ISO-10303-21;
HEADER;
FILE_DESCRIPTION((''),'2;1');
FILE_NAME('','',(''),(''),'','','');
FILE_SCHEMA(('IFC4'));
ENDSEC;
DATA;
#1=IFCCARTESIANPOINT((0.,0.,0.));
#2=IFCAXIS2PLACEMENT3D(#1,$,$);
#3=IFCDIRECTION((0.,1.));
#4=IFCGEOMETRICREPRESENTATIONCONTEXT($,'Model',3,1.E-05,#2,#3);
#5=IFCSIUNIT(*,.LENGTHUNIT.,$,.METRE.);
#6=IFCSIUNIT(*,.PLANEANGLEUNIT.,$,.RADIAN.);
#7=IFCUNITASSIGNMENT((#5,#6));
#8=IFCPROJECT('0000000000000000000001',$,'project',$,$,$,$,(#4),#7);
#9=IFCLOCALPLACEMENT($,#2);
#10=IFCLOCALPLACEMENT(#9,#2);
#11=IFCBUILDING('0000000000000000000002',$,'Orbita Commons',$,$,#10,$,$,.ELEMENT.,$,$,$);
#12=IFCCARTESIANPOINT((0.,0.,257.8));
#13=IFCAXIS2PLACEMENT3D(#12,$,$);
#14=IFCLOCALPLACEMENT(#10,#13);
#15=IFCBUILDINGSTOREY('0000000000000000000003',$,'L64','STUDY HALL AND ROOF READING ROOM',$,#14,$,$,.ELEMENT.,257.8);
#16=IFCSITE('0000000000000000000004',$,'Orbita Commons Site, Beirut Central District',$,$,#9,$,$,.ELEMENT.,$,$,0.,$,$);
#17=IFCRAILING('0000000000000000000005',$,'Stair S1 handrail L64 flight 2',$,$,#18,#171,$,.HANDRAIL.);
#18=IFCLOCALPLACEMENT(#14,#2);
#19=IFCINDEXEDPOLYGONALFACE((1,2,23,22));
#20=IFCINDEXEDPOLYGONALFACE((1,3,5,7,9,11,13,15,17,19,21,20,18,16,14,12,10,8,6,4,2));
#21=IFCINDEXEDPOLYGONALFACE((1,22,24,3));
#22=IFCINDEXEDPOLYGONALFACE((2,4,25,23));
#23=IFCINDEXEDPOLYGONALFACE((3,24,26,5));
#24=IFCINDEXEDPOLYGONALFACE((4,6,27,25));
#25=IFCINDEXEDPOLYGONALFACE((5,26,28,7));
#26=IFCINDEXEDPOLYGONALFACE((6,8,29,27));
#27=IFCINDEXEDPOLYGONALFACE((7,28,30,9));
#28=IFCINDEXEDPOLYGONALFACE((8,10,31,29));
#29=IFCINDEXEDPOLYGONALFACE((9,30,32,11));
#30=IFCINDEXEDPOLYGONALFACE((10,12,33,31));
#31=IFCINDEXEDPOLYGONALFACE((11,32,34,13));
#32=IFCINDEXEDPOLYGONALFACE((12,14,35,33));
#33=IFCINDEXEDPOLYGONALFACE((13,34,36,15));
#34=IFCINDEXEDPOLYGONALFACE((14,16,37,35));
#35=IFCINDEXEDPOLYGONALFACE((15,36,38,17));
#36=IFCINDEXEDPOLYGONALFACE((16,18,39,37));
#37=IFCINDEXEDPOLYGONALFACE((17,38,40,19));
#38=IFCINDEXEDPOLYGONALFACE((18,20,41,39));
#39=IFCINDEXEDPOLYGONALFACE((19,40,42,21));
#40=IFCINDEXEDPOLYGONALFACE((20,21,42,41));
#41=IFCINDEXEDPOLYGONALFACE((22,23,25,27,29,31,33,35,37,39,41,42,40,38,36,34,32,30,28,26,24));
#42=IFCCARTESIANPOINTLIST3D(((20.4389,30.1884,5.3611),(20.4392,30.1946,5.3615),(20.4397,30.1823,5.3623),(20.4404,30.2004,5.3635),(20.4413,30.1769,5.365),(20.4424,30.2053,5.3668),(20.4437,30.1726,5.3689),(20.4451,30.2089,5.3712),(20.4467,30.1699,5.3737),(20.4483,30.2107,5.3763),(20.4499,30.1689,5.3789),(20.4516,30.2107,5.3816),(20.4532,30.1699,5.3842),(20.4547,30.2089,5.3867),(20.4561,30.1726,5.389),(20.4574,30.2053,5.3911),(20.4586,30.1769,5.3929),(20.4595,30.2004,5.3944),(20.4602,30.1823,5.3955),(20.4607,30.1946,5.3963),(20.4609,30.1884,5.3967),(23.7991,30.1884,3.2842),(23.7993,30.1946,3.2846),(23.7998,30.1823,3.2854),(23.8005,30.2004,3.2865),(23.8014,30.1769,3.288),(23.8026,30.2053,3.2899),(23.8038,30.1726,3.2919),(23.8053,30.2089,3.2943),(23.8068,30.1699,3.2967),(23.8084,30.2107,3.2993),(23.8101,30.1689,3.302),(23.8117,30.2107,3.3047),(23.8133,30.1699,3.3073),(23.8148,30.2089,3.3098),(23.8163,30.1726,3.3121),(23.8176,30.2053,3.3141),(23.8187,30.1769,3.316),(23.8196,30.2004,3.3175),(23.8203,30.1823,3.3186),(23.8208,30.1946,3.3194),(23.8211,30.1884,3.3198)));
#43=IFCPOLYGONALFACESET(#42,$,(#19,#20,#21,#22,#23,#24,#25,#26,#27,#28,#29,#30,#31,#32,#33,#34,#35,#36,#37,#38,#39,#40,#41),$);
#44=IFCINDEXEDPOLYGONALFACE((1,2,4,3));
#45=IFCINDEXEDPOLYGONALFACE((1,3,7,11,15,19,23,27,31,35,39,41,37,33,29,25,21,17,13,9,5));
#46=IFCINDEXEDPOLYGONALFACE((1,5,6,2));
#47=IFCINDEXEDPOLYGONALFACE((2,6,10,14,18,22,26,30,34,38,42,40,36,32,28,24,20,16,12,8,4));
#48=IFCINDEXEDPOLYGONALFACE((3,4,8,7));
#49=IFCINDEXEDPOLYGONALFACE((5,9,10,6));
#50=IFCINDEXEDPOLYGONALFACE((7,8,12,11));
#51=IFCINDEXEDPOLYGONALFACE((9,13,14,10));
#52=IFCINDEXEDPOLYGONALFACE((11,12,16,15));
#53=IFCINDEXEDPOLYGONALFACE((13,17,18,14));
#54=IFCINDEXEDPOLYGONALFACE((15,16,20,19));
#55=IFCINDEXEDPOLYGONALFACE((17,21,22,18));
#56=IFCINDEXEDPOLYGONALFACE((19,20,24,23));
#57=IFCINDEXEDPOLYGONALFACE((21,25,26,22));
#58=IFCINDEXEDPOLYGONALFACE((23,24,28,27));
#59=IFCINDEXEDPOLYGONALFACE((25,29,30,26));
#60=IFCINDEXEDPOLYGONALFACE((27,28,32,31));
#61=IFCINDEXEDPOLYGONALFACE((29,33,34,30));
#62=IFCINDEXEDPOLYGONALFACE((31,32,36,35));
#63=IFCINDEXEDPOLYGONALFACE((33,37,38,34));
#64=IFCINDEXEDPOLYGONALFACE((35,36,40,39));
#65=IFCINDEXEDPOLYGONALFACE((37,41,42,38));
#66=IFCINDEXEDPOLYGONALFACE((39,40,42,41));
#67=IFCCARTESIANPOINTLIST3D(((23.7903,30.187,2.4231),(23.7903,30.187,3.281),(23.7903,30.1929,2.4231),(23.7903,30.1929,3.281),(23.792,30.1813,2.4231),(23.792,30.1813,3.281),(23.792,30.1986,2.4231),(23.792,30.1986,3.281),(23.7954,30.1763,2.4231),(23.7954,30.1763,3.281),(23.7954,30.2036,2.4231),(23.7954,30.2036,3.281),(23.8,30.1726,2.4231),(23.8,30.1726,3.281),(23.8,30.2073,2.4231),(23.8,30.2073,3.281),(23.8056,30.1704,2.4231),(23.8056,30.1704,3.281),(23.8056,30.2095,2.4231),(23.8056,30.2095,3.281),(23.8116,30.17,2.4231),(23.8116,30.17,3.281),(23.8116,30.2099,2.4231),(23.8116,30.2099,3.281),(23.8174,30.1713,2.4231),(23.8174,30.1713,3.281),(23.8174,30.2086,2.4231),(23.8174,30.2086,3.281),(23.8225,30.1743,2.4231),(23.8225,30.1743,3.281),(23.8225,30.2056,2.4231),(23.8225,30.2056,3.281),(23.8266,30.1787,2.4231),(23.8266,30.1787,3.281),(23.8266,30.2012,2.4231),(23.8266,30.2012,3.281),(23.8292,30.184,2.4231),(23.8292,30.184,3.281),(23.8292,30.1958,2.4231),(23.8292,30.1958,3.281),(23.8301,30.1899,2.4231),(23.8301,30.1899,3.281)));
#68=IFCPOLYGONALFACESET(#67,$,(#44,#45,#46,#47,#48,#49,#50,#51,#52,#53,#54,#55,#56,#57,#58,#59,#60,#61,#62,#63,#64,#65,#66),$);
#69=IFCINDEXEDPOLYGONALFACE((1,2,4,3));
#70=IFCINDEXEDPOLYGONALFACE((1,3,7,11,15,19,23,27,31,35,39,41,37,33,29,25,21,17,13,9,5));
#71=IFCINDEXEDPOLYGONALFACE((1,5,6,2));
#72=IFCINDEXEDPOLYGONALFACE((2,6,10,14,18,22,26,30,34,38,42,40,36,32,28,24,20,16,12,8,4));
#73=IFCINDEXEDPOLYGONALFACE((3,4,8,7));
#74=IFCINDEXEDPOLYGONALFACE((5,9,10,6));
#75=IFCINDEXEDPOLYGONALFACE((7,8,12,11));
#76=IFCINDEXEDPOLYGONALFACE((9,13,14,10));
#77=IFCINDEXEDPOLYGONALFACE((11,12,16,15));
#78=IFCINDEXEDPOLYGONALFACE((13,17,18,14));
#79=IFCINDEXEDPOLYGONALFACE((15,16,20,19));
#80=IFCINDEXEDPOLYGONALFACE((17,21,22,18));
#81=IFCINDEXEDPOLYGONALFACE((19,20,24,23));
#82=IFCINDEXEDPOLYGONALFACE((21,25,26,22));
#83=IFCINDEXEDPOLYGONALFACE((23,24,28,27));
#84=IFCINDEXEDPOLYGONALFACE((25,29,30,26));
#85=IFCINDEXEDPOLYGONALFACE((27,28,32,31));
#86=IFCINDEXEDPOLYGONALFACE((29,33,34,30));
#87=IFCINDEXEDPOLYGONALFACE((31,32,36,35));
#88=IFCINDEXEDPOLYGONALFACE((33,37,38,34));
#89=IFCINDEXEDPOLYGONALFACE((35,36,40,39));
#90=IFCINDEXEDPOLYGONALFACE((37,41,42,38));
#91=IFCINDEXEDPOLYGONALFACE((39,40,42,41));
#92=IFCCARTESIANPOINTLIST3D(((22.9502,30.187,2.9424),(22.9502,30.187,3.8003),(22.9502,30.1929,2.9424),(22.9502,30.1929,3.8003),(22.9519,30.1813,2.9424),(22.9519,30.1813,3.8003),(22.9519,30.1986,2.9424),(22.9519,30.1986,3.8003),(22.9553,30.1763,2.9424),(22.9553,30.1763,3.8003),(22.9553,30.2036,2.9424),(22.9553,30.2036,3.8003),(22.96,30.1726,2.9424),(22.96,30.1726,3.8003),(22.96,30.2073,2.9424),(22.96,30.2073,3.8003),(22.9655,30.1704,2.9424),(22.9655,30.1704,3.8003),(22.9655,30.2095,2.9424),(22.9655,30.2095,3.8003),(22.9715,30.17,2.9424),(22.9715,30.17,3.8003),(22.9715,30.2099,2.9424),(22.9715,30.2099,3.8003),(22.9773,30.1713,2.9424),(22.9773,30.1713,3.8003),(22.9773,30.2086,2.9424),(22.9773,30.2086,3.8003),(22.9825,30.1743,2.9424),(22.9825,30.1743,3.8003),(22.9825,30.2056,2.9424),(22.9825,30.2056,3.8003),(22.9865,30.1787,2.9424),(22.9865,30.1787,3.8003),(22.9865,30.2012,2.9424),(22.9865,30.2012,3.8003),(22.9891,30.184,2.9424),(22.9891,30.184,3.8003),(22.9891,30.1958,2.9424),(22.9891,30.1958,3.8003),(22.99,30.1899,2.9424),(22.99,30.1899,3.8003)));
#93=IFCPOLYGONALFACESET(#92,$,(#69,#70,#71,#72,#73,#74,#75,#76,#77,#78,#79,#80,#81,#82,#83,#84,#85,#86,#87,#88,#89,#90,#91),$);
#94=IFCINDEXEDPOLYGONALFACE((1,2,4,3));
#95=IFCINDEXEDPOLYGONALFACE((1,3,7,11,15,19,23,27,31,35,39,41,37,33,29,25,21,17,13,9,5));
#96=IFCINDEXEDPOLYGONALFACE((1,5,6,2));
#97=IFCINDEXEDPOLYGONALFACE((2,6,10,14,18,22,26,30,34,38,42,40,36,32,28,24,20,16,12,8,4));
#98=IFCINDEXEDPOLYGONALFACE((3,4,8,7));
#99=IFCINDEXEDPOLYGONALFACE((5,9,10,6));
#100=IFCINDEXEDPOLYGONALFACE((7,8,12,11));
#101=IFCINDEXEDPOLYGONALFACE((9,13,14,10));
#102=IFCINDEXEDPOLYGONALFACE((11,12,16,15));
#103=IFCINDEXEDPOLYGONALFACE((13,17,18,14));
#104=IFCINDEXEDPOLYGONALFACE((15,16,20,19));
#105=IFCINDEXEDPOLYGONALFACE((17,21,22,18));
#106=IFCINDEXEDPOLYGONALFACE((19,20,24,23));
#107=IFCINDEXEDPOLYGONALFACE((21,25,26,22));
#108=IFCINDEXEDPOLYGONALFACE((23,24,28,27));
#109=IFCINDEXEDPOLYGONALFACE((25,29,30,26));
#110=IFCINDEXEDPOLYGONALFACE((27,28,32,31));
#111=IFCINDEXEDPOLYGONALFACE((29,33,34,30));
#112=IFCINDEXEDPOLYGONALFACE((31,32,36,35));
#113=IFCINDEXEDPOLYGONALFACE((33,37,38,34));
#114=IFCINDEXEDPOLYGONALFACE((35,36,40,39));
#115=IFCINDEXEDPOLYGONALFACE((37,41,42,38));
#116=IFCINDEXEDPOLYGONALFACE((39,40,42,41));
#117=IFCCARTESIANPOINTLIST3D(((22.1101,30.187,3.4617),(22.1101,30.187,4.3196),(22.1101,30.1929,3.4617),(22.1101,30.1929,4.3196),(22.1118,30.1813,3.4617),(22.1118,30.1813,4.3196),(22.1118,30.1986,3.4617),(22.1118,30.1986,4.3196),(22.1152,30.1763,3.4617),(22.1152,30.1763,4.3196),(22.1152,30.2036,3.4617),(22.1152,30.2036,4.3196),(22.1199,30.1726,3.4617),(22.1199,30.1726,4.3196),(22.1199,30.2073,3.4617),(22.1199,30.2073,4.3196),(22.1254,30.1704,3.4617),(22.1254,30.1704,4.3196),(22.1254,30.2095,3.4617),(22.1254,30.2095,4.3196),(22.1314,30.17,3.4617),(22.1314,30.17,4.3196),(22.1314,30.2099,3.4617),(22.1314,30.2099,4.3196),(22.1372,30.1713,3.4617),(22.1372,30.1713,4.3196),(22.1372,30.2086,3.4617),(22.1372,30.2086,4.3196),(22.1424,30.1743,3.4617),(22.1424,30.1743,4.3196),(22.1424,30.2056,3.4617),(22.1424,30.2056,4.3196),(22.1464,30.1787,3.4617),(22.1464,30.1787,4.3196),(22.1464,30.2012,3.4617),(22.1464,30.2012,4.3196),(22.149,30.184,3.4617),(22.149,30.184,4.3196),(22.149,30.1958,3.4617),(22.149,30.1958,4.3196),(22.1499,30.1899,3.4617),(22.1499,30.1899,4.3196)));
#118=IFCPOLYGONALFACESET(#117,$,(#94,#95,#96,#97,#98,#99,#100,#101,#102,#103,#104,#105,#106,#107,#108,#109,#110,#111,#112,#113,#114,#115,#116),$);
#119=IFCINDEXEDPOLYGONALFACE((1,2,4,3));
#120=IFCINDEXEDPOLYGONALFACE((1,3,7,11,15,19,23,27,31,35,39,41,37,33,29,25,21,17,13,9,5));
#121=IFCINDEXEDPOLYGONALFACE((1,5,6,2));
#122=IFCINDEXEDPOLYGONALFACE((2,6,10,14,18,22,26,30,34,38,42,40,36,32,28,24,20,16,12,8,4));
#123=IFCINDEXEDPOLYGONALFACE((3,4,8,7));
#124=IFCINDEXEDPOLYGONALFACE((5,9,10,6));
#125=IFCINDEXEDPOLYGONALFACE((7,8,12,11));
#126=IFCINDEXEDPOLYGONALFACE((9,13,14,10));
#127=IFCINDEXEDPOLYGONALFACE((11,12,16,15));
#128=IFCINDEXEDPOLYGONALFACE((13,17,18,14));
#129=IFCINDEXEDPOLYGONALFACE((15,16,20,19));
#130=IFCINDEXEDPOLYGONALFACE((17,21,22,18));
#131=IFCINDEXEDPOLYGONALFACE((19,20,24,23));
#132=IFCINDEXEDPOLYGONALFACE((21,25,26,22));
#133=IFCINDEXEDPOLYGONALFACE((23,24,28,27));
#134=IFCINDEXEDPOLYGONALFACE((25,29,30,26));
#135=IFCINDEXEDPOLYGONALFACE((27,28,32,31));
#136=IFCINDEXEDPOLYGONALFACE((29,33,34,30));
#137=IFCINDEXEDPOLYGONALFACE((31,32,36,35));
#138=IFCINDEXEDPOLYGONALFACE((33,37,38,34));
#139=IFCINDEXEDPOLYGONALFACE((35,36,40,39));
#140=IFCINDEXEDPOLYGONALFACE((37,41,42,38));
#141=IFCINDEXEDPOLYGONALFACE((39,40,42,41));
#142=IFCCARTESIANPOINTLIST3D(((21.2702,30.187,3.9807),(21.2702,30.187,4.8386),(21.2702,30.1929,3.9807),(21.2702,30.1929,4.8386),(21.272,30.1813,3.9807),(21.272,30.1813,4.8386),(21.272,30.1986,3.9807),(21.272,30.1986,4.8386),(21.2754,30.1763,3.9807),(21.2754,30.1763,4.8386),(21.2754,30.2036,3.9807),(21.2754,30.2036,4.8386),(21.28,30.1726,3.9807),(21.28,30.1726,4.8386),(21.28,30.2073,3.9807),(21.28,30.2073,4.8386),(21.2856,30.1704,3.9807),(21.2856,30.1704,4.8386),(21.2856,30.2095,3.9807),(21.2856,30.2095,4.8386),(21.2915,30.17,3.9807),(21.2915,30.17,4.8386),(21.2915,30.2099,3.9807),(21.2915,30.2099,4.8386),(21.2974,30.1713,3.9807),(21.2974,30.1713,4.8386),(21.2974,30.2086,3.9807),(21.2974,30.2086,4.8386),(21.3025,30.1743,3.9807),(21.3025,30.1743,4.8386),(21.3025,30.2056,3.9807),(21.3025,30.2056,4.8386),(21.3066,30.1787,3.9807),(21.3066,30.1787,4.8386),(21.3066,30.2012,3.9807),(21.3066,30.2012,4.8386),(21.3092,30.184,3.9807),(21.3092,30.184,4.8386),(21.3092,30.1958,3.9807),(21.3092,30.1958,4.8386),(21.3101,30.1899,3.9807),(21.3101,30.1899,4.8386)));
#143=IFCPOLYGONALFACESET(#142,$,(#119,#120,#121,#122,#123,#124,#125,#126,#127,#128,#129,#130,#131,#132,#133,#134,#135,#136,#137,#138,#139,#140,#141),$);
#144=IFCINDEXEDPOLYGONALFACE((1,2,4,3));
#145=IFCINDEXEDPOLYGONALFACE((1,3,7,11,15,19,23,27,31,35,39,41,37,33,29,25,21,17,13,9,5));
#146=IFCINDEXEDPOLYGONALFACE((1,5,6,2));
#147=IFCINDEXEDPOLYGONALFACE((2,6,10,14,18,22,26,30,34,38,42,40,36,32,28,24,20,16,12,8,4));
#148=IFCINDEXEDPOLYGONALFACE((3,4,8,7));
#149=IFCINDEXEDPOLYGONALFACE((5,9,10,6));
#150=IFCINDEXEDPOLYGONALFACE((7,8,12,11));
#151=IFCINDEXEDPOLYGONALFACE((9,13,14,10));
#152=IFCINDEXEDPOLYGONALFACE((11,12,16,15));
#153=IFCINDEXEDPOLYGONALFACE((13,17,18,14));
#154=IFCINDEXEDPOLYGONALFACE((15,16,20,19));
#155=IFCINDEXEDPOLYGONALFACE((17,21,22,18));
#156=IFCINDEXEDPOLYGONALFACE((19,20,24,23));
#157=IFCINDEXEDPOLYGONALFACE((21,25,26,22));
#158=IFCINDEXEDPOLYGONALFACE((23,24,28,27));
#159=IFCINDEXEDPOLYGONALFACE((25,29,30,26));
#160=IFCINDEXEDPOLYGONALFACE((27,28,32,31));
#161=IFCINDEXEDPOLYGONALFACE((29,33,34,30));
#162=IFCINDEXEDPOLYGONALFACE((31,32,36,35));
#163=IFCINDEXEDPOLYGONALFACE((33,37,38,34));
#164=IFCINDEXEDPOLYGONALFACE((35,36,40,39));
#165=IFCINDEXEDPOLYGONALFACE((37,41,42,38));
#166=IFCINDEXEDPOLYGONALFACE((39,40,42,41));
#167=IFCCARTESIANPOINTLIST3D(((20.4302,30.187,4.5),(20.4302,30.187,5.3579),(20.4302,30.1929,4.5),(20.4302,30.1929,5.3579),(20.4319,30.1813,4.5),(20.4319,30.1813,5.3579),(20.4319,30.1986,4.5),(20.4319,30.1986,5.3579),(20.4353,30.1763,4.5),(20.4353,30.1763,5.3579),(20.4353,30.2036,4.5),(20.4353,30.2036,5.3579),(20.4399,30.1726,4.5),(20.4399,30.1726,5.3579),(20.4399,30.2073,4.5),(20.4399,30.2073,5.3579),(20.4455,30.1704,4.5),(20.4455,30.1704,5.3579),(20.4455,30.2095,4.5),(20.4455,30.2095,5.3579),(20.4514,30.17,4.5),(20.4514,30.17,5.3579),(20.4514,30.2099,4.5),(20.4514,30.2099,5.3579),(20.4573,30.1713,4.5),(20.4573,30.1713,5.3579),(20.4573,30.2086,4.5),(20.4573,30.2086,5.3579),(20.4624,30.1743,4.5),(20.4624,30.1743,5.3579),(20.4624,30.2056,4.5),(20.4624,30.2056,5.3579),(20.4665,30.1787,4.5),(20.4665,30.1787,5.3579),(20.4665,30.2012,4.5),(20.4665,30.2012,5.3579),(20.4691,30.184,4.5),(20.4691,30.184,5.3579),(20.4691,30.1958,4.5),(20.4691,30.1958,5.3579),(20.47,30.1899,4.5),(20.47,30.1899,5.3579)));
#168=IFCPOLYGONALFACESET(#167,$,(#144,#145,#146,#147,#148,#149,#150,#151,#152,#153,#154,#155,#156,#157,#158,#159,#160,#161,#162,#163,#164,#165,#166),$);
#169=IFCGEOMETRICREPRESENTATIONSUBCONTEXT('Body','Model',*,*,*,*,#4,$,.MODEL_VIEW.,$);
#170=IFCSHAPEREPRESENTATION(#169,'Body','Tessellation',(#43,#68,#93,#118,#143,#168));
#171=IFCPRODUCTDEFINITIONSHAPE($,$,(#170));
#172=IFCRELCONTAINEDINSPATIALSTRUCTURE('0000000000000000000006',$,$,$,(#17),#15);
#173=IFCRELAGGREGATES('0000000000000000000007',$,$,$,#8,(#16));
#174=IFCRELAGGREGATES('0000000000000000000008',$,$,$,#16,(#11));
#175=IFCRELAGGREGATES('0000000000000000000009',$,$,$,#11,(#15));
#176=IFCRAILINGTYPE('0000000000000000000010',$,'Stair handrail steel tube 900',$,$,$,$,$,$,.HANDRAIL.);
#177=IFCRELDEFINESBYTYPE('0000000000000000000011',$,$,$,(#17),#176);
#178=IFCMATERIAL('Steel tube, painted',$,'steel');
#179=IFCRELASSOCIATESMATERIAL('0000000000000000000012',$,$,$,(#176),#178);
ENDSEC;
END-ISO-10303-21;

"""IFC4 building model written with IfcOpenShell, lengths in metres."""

from ifc_helpers import new_model, si_unit, direction, frame, origin, origin_2d, place, context, subcontext, project, spatial, circle, extrude, material, type_object, element, save


model = new_model("IFC4")

# Units and contexts
model_context = context("Model", 3, precision=1e-05, world=origin(), true_north=direction((0.0, 1.0)))
body_context = subcontext(model_context, "Body", "Model", "MODEL_VIEW")
ifc_project = project(units=[si_unit("LENGTHUNIT", "METRE"), si_unit("PLANEANGLEUNIT", "RADIAN")], contexts=[model_context])

# Site, building, storey
site_placement = place(None, origin())
site = spatial("IfcSite", under=ifc_project, at=site_placement, Name="Orbita Commons Site, Beirut Central District", CompositionType="ELEMENT", RefElevation=0.0)
building_placement = place(site_placement, origin())
building = spatial("IfcBuilding", under=site, at=building_placement, Name="Orbita Commons", CompositionType="ELEMENT")
storey_placement = place(building_placement, frame((0.0, 0.0, 257.8)))
storey = spatial("IfcBuildingStorey", under=building, at=storey_placement, Name="L64", Description="STUDY HALL AND ROOF READING ROOM", CompositionType="ELEMENT", Elevation=257.8)

# Railing
ifc_material_1 = material(Name="Steel tube, painted", Category="steel")
railing_type = type_object("IfcRailingType", Name="Stair handrail steel tube 900", PredefinedType="HANDRAIL", material=ifc_material_1)
for number, where, name in (
    (1, (23.8101, 30.1899, 2.4231), "Stair S1 handrail L64 flight 2"),
):
    element("IfcRailing", number, at=place(storey_placement, frame(where)), inside=storey, type_object=railing_type, Name=name, PredefinedType="HANDRAIL", context=body_context, shape_type="SweptSolid", body=[
        extrude(circle(Radius=0.021, at=origin_2d()), frame((0.0, 0.0, 0.8789), z_axis=(-0.850623, 0.0, 0.525776), x_axis=(0.0, -1.0, 0.0)), (0.0, 0.0, 1.0), 3.9502),
        extrude(circle(Radius=0.02, at=origin_2d()), origin(), (0.0, 0.0, 1.0), 0.8579),
        extrude(circle(Radius=0.02, at=origin_2d()), frame((-0.8401, 0.0, 0.5193)), (0.0, 0.0, 1.0), 0.8579),
        extrude(circle(Radius=0.02, at=origin_2d()), frame((-1.6802, 0.0, 1.0386)), (0.0, 0.0, 1.0), 0.8579),
        extrude(circle(Radius=0.02, at=origin_2d()), frame((-2.52, 0.0, 1.5576)), (0.0, 0.0, 1.0), 0.8579),
        extrude(circle(Radius=0.02, at=origin_2d()), frame((-3.3601, 0.0, 2.0769)), (0.0, 0.0, 1.0), 0.8579),
    ])

save(model, "model.ifc")
